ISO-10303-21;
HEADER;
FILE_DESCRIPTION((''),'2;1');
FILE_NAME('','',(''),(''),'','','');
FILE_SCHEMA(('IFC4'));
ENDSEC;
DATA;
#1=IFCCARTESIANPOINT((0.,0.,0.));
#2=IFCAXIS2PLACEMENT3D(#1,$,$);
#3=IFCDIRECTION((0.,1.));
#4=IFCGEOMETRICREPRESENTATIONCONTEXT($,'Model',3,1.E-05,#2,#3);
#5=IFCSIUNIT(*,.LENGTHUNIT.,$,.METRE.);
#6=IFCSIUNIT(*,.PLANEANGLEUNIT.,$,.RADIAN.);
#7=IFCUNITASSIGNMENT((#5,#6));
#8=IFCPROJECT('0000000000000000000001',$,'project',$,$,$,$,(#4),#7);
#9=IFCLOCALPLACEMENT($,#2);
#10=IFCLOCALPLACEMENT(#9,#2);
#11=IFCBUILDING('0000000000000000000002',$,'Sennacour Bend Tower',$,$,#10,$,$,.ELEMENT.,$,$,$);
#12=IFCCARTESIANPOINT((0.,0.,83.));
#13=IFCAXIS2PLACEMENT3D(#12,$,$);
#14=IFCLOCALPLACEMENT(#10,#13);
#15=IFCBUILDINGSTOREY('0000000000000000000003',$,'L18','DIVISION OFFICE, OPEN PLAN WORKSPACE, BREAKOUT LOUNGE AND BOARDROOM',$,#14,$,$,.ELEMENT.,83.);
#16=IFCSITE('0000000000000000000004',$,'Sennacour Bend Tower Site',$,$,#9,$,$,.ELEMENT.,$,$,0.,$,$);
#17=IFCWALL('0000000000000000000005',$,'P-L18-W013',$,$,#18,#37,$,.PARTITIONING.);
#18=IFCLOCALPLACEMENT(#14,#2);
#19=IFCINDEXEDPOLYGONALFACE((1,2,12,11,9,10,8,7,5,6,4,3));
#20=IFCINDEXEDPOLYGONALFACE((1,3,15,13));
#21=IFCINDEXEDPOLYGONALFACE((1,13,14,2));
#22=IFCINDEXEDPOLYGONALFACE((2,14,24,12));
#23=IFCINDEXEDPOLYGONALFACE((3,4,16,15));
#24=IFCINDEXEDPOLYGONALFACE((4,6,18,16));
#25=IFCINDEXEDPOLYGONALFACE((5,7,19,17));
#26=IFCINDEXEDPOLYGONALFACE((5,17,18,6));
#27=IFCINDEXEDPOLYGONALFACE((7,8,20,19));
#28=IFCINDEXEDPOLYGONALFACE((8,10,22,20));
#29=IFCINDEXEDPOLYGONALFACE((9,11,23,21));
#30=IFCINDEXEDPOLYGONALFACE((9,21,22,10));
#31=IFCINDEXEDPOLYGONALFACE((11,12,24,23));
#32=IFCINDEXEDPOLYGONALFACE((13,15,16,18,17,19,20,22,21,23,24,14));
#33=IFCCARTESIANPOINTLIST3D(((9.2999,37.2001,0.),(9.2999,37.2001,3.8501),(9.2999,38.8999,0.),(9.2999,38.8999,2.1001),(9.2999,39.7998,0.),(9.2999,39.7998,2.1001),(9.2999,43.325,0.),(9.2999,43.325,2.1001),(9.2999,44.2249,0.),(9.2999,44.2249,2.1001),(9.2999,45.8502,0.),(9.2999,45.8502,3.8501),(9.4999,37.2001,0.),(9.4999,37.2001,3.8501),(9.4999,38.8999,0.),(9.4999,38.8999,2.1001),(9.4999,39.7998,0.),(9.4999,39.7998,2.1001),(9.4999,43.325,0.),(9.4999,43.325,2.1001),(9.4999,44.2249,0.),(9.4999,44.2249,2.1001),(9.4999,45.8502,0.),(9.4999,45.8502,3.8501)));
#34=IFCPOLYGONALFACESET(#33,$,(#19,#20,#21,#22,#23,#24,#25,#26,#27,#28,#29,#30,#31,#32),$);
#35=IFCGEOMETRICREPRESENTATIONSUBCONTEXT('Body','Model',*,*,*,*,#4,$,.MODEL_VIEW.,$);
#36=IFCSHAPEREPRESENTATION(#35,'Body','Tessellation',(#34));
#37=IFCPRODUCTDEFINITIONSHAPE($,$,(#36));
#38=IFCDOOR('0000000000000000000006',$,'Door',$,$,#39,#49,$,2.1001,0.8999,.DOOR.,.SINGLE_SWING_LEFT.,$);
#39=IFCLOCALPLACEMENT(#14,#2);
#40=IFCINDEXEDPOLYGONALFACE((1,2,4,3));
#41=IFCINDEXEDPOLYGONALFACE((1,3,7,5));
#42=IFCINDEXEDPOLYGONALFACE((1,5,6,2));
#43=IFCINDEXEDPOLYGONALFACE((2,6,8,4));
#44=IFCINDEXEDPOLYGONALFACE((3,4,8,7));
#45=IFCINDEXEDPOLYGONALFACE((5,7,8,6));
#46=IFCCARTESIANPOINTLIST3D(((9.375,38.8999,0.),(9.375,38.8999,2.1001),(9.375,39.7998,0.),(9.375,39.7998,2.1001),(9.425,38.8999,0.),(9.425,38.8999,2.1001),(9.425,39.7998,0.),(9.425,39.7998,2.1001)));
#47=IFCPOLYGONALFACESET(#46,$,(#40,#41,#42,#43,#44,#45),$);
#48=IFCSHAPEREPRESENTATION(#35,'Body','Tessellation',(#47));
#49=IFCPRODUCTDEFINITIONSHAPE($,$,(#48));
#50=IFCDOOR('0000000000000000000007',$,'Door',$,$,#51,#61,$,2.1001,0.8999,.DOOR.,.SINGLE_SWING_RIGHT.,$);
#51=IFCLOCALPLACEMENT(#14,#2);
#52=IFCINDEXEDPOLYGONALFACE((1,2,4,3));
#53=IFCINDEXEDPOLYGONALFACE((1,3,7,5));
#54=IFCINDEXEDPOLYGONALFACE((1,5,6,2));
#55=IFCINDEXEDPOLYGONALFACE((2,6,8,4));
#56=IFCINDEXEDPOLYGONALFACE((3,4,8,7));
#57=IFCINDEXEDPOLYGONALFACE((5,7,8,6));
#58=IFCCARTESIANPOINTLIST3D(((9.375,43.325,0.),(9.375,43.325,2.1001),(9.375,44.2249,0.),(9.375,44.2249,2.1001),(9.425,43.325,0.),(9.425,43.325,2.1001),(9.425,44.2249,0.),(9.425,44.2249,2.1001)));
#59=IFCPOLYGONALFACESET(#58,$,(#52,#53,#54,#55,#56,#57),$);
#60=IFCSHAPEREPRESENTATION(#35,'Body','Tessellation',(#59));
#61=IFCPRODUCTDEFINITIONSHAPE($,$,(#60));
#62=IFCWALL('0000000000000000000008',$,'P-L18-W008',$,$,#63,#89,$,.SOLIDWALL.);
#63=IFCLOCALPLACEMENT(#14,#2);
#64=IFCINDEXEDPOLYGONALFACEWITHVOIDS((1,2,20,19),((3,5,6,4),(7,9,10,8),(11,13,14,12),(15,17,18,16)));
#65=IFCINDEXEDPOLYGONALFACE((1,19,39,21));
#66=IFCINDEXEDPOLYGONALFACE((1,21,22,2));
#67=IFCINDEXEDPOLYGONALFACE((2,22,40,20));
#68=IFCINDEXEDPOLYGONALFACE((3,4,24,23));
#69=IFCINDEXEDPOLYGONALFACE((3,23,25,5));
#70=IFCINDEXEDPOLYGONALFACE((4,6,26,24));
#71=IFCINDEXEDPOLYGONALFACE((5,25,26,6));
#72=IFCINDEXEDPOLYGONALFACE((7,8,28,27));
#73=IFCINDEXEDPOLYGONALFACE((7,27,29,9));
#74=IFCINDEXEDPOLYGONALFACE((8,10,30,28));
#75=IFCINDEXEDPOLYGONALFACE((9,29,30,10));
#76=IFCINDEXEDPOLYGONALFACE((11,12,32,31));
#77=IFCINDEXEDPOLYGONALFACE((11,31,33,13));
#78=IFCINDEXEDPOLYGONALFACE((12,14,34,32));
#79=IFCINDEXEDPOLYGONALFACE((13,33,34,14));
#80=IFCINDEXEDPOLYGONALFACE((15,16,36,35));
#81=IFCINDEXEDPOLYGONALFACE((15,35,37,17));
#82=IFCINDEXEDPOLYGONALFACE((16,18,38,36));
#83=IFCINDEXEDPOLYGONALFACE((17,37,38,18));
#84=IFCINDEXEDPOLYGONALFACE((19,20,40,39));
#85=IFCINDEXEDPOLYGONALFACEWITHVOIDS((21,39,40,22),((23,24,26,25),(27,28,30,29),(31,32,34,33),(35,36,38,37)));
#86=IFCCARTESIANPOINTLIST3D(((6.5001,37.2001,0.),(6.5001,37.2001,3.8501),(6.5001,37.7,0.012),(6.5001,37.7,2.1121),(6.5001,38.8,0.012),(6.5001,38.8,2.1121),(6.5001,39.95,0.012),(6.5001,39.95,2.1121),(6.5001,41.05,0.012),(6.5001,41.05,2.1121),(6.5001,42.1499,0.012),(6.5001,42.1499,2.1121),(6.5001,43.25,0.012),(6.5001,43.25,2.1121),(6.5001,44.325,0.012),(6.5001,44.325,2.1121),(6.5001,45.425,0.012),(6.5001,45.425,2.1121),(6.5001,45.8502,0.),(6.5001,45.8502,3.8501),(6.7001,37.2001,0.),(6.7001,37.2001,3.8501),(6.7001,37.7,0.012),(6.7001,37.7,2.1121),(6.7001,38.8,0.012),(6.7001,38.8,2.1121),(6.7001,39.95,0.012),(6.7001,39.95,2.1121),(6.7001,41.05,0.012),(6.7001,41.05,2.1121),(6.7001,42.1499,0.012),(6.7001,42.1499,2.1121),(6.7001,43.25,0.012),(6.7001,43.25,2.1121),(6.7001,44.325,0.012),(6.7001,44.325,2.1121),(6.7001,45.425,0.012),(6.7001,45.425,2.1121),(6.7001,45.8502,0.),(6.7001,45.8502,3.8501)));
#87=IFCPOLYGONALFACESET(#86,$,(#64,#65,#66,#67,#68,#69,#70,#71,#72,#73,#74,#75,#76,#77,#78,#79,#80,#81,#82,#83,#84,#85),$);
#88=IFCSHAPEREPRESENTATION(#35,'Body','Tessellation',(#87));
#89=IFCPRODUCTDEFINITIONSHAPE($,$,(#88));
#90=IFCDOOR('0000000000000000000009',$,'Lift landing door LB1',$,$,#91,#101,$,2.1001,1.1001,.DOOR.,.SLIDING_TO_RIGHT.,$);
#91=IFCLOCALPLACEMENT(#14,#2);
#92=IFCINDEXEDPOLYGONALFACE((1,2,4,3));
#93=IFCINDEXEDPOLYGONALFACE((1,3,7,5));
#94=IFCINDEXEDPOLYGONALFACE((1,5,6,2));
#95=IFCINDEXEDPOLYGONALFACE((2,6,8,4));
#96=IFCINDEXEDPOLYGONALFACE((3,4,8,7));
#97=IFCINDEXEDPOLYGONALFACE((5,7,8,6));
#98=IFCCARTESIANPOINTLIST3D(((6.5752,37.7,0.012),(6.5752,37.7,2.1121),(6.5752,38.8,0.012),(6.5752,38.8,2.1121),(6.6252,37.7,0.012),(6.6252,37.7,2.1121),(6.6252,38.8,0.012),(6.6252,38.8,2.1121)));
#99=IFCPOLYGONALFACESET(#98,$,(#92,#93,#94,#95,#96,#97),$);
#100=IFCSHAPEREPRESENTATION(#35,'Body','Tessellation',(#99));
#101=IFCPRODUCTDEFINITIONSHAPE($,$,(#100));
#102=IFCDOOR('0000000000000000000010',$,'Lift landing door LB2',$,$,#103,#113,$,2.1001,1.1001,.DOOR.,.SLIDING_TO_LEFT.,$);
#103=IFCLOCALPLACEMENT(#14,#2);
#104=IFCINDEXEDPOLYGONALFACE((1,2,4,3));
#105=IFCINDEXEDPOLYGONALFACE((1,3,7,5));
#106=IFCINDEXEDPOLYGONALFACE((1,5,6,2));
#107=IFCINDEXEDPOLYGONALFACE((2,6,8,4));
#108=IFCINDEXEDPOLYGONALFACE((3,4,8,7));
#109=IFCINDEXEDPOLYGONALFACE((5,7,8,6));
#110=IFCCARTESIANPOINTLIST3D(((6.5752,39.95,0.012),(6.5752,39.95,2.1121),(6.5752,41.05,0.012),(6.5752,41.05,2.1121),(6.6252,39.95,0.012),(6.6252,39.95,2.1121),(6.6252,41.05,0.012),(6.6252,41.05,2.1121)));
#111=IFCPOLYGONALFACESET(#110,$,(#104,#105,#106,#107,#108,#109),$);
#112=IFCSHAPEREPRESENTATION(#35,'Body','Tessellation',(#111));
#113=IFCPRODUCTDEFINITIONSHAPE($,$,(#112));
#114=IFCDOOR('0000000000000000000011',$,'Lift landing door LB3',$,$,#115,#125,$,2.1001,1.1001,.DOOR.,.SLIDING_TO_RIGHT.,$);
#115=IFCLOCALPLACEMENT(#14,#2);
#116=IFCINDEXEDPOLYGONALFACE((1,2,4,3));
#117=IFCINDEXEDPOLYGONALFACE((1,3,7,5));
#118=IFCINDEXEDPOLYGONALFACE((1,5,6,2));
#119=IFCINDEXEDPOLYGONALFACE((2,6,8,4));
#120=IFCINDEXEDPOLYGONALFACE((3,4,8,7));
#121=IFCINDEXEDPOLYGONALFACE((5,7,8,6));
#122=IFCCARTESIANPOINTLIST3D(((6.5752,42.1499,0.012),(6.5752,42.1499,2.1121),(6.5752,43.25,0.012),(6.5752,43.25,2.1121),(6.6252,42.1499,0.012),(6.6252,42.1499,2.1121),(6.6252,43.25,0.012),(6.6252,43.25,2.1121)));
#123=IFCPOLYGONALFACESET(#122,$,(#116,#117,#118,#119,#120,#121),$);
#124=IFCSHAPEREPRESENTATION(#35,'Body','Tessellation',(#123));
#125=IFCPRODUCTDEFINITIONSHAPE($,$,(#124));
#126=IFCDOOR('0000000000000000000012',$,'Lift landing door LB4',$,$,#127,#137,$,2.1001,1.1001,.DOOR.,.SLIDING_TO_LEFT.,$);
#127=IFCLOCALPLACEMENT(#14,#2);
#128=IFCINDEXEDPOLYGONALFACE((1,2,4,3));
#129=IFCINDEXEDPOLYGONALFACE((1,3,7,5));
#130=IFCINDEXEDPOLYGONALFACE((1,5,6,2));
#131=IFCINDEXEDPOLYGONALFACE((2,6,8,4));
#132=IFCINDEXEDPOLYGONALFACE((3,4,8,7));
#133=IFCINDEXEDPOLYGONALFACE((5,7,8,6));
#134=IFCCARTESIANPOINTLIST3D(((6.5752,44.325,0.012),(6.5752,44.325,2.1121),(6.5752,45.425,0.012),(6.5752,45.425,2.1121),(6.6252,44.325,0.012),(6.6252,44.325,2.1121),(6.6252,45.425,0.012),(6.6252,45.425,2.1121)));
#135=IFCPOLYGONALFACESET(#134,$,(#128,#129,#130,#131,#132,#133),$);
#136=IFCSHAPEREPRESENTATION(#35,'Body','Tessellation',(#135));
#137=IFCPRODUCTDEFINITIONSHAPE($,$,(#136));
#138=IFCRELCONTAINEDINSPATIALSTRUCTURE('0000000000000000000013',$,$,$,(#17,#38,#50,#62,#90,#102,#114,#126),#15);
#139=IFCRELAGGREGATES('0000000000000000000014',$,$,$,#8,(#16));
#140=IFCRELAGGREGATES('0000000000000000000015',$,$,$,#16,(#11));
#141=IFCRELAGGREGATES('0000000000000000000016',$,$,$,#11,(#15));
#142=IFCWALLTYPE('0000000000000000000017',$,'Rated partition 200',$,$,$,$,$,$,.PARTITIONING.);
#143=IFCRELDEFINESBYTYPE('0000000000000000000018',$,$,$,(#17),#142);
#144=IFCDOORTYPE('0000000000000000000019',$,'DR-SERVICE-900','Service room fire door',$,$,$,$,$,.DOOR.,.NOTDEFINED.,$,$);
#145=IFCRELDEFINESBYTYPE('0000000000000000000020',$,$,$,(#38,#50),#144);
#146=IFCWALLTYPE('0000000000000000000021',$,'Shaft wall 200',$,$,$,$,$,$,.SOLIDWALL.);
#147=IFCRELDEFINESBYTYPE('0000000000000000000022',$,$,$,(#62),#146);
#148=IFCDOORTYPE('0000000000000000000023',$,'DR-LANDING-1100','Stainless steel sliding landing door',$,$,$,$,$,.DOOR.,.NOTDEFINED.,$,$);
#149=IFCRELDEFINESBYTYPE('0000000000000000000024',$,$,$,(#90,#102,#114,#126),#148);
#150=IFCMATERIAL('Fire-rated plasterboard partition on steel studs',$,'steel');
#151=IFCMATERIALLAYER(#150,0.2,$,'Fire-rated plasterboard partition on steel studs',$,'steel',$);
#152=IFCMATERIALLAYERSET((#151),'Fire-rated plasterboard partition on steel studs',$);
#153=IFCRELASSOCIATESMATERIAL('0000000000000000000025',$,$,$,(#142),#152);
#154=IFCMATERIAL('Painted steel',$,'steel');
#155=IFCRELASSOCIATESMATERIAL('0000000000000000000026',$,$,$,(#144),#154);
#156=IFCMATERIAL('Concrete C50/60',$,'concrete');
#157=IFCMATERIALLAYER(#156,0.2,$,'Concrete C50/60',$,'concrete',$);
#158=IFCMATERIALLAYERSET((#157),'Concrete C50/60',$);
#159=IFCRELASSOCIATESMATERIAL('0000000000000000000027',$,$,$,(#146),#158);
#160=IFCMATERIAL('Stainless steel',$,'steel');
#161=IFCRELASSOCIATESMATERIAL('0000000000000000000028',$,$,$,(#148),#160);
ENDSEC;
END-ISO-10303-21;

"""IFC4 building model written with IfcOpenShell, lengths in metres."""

from ifc_helpers import new_model, si_unit, direction, frame, frame_2d, origin, place, context, subcontext, project, spatial, rectangle, extrude, material, layer, layer_set, type_object, element, fill, save


model = new_model("IFC4")

# Units and contexts
model_context = context("Model", 3, precision=1e-05, world=origin(), true_north=direction((0.0, 1.0)))
body_context = subcontext(model_context, "Body", "Model", "MODEL_VIEW")
ifc_project = project(units=[si_unit("LENGTHUNIT", "METRE"), si_unit("PLANEANGLEUNIT", "RADIAN")], contexts=[model_context])

# Site, building, storey
site_placement = place(None, origin())
site = spatial("IfcSite", under=ifc_project, at=site_placement, Name="Sennacour Bend Tower Site", CompositionType="ELEMENT", RefElevation=0.0)
building_placement = place(site_placement, origin())
building = spatial("IfcBuilding", under=site, at=building_placement, Name="Sennacour Bend Tower", CompositionType="ELEMENT")
storey_placement = place(building_placement, frame((0.0, 0.0, 83.0)))
storey = spatial("IfcBuildingStorey", under=building, at=storey_placement, Name="L18", Description="DIVISION OFFICE, OPEN PLAN WORKSPACE, BREAKOUT LOUNGE AND BOARDROOM", CompositionType="ELEMENT", Elevation=83.0)

# Shared definitions
ifc_material_1 = material(Name="Painted steel", Category="steel")

# Walls, openings, doors
ifc_material_2 = material(Name="Fire-rated plasterboard partition on steel studs", Category="steel")
ifc_layer_1 = layer(ifc_material_2, 0.2, Name="Fire-rated plasterboard partition on steel studs", Category="steel")
ifc_layer_set_1 = layer_set([ifc_layer_1], Name="Fire-rated plasterboard partition on steel studs")
wall_type_1 = type_object("IfcWallType", Name="Rated partition 200", PredefinedType="PARTITIONING", material=ifc_layer_set_1)
wall_1_placement = place(storey_placement, frame((9.3999, 37.2, 0.0), z_axis=(0.0, 0.0, 1.0), x_axis=(0.0, 1.0, 0.0)))
wall_1 = element("IfcWall", 1, at=wall_1_placement, inside=storey, type_object=wall_type_1, Name="P-L18-W013", PredefinedType="PARTITIONING", context=body_context, shape_type="SweptSolid", body=[
    extrude(rectangle(XDim=8.6501, YDim=0.2, at=frame_2d((4.3252, 0.0))), origin(), (0.0, 0.0, 1.0), 3.8501),
])
opening_1_placement = place(wall_1_placement, frame((1.7, 0.0, 0.0)))
opening_1 = element("IfcOpeningElement", 2, at=opening_1_placement, cuts=wall_1, PredefinedType="OPENING", context=body_context, shape_type="SweptSolid", body=[
    extrude(rectangle(XDim=0.8999, YDim=2.1001, at=frame_2d((0.45, 1.05))), frame((0.0, 0.1099, 0.0), z_axis=(0.0, -1.0, 0.0), x_axis=(1.0, 0.0, 0.0)), (0.0, 0.0, 1.0), 0.22),
])
opening_2_placement = place(wall_1_placement, frame((6.125, 0.0, 0.0)))
opening_2 = element("IfcOpeningElement", 3, at=opening_2_placement, cuts=wall_1, PredefinedType="OPENING", context=body_context, shape_type="SweptSolid", body=[
    extrude(rectangle(XDim=0.8999, YDim=2.1001, at=frame_2d((0.45, 1.05))), frame((0.0, 0.1099, 0.0), z_axis=(0.0, -1.0, 0.0), x_axis=(1.0, 0.0, 0.0)), (0.0, 0.0, 1.0), 0.22),
])
door_type_1 = type_object("IfcDoorType", Name="DR-SERVICE-900", Description="Service room fire door", OperationType="NOTDEFINED", PredefinedType="DOOR", material=ifc_material_1)
door_1_placement = place(opening_1_placement, origin())
door_1 = element("IfcDoor", 4, at=door_1_placement, inside=storey, type_object=door_type_1, Name="Door", OperationType="SINGLE_SWING_LEFT", OverallHeight=2.1001, OverallWidth=0.8999, PredefinedType="DOOR", context=body_context, shape_type="SweptSolid", body=[
    extrude(rectangle(XDim=0.8999, YDim=2.1001, at=frame_2d((0.45, 1.05))), frame((0.0, 0.0249, 0.0), z_axis=(0.0, -1.0, 0.0), x_axis=(1.0, 0.0, 0.0)), (0.0, 0.0, 1.0), 0.05),
])
fill(opening_1, door_1)
door_2_placement = place(opening_2_placement, origin())
door_2 = element("IfcDoor", 5, at=door_2_placement, inside=storey, type_object=door_type_1, Name="Door", OperationType="SINGLE_SWING_RIGHT", OverallHeight=2.1001, OverallWidth=0.8999, PredefinedType="DOOR", context=body_context, shape_type="SweptSolid", body=[
    extrude(rectangle(XDim=0.8999, YDim=2.1001, at=frame_2d((0.45, 1.05))), frame((0.0, 0.0249, 0.0), z_axis=(0.0, -1.0, 0.0), x_axis=(1.0, 0.0, 0.0)), (0.0, 0.0, 1.0), 0.05),
])
fill(opening_2, door_2)
ifc_material_3 = material(Name="Concrete C50/60", Category="concrete")
ifc_layer_2 = layer(ifc_material_3, 0.2, Name="Concrete C50/60", Category="concrete")
ifc_layer_set_2 = layer_set([ifc_layer_2], Name="Concrete C50/60")
wall_type_2 = type_object("IfcWallType", Name="Shaft wall 200", PredefinedType="SOLIDWALL", material=ifc_layer_set_2)
wall_2_placement = place(storey_placement, frame((6.6001, 37.2, 0.0), z_axis=(0.0, 0.0, 1.0), x_axis=(0.0, 1.0, 0.0)))
wall_2 = element("IfcWall", 6, at=wall_2_placement, inside=storey, type_object=wall_type_2, Name="P-L18-W008", PredefinedType="SOLIDWALL", context=body_context, shape_type="SweptSolid", body=[
    extrude(rectangle(XDim=8.6501, YDim=0.2, at=frame_2d((4.3252, 0.0))), origin(), (0.0, 0.0, 1.0), 3.8501),
])
opening_3_placement = place(wall_2_placement, frame((0.5, 0.0, 0.012)))
opening_3 = element("IfcOpeningElement", 7, at=opening_3_placement, cuts=wall_2, PredefinedType="OPENING", context=body_context, shape_type="SweptSolid", body=[
    extrude(rectangle(XDim=1.1001, YDim=2.1001, at=frame_2d((0.55, 1.05))), frame((0.0, 0.1099, 0.0), z_axis=(0.0, -1.0, 0.0), x_axis=(1.0, 0.0, 0.0)), (0.0, 0.0, 1.0), 0.22),
])
opening_4_placement = place(wall_2_placement, frame((2.75, 0.0, 0.012)))
opening_4 = element("IfcOpeningElement", 8, at=opening_4_placement, cuts=wall_2, PredefinedType="OPENING", context=body_context, shape_type="SweptSolid", body=[
    extrude(rectangle(XDim=1.1001, YDim=2.1001, at=frame_2d((0.55, 1.05))), frame((0.0, 0.1099, 0.0), z_axis=(0.0, -1.0, 0.0), x_axis=(1.0, 0.0, 0.0)), (0.0, 0.0, 1.0), 0.22),
])
opening_5_placement = place(wall_2_placement, frame((4.95, 0.0, 0.012)))
opening_5 = element("IfcOpeningElement", 9, at=opening_5_placement, cuts=wall_2, PredefinedType="OPENING", context=body_context, shape_type="SweptSolid", body=[
    extrude(rectangle(XDim=1.1001, YDim=2.1001, at=frame_2d((0.55, 1.05))), frame((0.0, 0.1099, 0.0), z_axis=(0.0, -1.0, 0.0), x_axis=(1.0, 0.0, 0.0)), (0.0, 0.0, 1.0), 0.22),
])
opening_6_placement = place(wall_2_placement, frame((7.125, 0.0, 0.012)))
opening_6 = element("IfcOpeningElement", 10, at=opening_6_placement, cuts=wall_2, PredefinedType="OPENING", context=body_context, shape_type="SweptSolid", body=[
    extrude(rectangle(XDim=1.1001, YDim=2.1001, at=frame_2d((0.55, 1.05))), frame((0.0, 0.1099, 0.0), z_axis=(0.0, -1.0, 0.0), x_axis=(1.0, 0.0, 0.0)), (0.0, 0.0, 1.0), 0.22),
])
ifc_material_4 = material(Name="Stainless steel", Category="steel")
door_type_2 = type_object("IfcDoorType", Name="DR-LANDING-1100", Description="Stainless steel sliding landing door", OperationType="NOTDEFINED", PredefinedType="DOOR", material=ifc_material_4)
door_3_placement = place(opening_3_placement, origin())
door_3 = element("IfcDoor", 11, at=door_3_placement, inside=storey, type_object=door_type_2, Name="Lift landing door LB1", OperationType="SLIDING_TO_RIGHT", OverallHeight=2.1001, OverallWidth=1.1001, PredefinedType="DOOR", context=body_context, shape_type="SweptSolid", body=[
    extrude(rectangle(XDim=1.1001, YDim=2.1001, at=frame_2d((0.55, 1.05))), frame((0.0, 0.0249, 0.0), z_axis=(0.0, -1.0, 0.0), x_axis=(1.0, 0.0, 0.0)), (0.0, 0.0, 1.0), 0.05),
])
fill(opening_3, door_3)
door_4_placement = place(opening_4_placement, origin())
door_4 = element("IfcDoor", 12, at=door_4_placement, inside=storey, type_object=door_type_2, Name="Lift landing door LB2", OperationType="SLIDING_TO_LEFT", OverallHeight=2.1001, OverallWidth=1.1001, PredefinedType="DOOR", context=body_context, shape_type="SweptSolid", body=[
    extrude(rectangle(XDim=1.1001, YDim=2.1001, at=frame_2d((0.55, 1.05))), frame((0.0, 0.0249, 0.0), z_axis=(0.0, -1.0, 0.0), x_axis=(1.0, 0.0, 0.0)), (0.0, 0.0, 1.0), 0.05),
])
fill(opening_4, door_4)
door_5_placement = place(opening_5_placement, origin())
door_5 = element("IfcDoor", 13, at=door_5_placement, inside=storey, type_object=door_type_2, Name="Lift landing door LB3", OperationType="SLIDING_TO_RIGHT", OverallHeight=2.1001, OverallWidth=1.1001, PredefinedType="DOOR", context=body_context, shape_type="SweptSolid", body=[
    extrude(rectangle(XDim=1.1001, YDim=2.1001, at=frame_2d((0.55, 1.05))), frame((0.0, 0.0249, 0.0), z_axis=(0.0, -1.0, 0.0), x_axis=(1.0, 0.0, 0.0)), (0.0, 0.0, 1.0), 0.05),
])
fill(opening_5, door_5)
door_6_placement = place(opening_6_placement, origin())
door_6 = element("IfcDoor", 14, at=door_6_placement, inside=storey, type_object=door_type_2, Name="Lift landing door LB4", OperationType="SLIDING_TO_LEFT", OverallHeight=2.1001, OverallWidth=1.1001, PredefinedType="DOOR", context=body_context, shape_type="SweptSolid", body=[
    extrude(rectangle(XDim=1.1001, YDim=2.1001, at=frame_2d((0.55, 1.05))), frame((0.0, 0.0249, 0.0), z_axis=(0.0, -1.0, 0.0), x_axis=(1.0, 0.0, 0.0)), (0.0, 0.0, 1.0), 0.05),
])
fill(opening_6, door_6)

save(model, "model.ifc")
